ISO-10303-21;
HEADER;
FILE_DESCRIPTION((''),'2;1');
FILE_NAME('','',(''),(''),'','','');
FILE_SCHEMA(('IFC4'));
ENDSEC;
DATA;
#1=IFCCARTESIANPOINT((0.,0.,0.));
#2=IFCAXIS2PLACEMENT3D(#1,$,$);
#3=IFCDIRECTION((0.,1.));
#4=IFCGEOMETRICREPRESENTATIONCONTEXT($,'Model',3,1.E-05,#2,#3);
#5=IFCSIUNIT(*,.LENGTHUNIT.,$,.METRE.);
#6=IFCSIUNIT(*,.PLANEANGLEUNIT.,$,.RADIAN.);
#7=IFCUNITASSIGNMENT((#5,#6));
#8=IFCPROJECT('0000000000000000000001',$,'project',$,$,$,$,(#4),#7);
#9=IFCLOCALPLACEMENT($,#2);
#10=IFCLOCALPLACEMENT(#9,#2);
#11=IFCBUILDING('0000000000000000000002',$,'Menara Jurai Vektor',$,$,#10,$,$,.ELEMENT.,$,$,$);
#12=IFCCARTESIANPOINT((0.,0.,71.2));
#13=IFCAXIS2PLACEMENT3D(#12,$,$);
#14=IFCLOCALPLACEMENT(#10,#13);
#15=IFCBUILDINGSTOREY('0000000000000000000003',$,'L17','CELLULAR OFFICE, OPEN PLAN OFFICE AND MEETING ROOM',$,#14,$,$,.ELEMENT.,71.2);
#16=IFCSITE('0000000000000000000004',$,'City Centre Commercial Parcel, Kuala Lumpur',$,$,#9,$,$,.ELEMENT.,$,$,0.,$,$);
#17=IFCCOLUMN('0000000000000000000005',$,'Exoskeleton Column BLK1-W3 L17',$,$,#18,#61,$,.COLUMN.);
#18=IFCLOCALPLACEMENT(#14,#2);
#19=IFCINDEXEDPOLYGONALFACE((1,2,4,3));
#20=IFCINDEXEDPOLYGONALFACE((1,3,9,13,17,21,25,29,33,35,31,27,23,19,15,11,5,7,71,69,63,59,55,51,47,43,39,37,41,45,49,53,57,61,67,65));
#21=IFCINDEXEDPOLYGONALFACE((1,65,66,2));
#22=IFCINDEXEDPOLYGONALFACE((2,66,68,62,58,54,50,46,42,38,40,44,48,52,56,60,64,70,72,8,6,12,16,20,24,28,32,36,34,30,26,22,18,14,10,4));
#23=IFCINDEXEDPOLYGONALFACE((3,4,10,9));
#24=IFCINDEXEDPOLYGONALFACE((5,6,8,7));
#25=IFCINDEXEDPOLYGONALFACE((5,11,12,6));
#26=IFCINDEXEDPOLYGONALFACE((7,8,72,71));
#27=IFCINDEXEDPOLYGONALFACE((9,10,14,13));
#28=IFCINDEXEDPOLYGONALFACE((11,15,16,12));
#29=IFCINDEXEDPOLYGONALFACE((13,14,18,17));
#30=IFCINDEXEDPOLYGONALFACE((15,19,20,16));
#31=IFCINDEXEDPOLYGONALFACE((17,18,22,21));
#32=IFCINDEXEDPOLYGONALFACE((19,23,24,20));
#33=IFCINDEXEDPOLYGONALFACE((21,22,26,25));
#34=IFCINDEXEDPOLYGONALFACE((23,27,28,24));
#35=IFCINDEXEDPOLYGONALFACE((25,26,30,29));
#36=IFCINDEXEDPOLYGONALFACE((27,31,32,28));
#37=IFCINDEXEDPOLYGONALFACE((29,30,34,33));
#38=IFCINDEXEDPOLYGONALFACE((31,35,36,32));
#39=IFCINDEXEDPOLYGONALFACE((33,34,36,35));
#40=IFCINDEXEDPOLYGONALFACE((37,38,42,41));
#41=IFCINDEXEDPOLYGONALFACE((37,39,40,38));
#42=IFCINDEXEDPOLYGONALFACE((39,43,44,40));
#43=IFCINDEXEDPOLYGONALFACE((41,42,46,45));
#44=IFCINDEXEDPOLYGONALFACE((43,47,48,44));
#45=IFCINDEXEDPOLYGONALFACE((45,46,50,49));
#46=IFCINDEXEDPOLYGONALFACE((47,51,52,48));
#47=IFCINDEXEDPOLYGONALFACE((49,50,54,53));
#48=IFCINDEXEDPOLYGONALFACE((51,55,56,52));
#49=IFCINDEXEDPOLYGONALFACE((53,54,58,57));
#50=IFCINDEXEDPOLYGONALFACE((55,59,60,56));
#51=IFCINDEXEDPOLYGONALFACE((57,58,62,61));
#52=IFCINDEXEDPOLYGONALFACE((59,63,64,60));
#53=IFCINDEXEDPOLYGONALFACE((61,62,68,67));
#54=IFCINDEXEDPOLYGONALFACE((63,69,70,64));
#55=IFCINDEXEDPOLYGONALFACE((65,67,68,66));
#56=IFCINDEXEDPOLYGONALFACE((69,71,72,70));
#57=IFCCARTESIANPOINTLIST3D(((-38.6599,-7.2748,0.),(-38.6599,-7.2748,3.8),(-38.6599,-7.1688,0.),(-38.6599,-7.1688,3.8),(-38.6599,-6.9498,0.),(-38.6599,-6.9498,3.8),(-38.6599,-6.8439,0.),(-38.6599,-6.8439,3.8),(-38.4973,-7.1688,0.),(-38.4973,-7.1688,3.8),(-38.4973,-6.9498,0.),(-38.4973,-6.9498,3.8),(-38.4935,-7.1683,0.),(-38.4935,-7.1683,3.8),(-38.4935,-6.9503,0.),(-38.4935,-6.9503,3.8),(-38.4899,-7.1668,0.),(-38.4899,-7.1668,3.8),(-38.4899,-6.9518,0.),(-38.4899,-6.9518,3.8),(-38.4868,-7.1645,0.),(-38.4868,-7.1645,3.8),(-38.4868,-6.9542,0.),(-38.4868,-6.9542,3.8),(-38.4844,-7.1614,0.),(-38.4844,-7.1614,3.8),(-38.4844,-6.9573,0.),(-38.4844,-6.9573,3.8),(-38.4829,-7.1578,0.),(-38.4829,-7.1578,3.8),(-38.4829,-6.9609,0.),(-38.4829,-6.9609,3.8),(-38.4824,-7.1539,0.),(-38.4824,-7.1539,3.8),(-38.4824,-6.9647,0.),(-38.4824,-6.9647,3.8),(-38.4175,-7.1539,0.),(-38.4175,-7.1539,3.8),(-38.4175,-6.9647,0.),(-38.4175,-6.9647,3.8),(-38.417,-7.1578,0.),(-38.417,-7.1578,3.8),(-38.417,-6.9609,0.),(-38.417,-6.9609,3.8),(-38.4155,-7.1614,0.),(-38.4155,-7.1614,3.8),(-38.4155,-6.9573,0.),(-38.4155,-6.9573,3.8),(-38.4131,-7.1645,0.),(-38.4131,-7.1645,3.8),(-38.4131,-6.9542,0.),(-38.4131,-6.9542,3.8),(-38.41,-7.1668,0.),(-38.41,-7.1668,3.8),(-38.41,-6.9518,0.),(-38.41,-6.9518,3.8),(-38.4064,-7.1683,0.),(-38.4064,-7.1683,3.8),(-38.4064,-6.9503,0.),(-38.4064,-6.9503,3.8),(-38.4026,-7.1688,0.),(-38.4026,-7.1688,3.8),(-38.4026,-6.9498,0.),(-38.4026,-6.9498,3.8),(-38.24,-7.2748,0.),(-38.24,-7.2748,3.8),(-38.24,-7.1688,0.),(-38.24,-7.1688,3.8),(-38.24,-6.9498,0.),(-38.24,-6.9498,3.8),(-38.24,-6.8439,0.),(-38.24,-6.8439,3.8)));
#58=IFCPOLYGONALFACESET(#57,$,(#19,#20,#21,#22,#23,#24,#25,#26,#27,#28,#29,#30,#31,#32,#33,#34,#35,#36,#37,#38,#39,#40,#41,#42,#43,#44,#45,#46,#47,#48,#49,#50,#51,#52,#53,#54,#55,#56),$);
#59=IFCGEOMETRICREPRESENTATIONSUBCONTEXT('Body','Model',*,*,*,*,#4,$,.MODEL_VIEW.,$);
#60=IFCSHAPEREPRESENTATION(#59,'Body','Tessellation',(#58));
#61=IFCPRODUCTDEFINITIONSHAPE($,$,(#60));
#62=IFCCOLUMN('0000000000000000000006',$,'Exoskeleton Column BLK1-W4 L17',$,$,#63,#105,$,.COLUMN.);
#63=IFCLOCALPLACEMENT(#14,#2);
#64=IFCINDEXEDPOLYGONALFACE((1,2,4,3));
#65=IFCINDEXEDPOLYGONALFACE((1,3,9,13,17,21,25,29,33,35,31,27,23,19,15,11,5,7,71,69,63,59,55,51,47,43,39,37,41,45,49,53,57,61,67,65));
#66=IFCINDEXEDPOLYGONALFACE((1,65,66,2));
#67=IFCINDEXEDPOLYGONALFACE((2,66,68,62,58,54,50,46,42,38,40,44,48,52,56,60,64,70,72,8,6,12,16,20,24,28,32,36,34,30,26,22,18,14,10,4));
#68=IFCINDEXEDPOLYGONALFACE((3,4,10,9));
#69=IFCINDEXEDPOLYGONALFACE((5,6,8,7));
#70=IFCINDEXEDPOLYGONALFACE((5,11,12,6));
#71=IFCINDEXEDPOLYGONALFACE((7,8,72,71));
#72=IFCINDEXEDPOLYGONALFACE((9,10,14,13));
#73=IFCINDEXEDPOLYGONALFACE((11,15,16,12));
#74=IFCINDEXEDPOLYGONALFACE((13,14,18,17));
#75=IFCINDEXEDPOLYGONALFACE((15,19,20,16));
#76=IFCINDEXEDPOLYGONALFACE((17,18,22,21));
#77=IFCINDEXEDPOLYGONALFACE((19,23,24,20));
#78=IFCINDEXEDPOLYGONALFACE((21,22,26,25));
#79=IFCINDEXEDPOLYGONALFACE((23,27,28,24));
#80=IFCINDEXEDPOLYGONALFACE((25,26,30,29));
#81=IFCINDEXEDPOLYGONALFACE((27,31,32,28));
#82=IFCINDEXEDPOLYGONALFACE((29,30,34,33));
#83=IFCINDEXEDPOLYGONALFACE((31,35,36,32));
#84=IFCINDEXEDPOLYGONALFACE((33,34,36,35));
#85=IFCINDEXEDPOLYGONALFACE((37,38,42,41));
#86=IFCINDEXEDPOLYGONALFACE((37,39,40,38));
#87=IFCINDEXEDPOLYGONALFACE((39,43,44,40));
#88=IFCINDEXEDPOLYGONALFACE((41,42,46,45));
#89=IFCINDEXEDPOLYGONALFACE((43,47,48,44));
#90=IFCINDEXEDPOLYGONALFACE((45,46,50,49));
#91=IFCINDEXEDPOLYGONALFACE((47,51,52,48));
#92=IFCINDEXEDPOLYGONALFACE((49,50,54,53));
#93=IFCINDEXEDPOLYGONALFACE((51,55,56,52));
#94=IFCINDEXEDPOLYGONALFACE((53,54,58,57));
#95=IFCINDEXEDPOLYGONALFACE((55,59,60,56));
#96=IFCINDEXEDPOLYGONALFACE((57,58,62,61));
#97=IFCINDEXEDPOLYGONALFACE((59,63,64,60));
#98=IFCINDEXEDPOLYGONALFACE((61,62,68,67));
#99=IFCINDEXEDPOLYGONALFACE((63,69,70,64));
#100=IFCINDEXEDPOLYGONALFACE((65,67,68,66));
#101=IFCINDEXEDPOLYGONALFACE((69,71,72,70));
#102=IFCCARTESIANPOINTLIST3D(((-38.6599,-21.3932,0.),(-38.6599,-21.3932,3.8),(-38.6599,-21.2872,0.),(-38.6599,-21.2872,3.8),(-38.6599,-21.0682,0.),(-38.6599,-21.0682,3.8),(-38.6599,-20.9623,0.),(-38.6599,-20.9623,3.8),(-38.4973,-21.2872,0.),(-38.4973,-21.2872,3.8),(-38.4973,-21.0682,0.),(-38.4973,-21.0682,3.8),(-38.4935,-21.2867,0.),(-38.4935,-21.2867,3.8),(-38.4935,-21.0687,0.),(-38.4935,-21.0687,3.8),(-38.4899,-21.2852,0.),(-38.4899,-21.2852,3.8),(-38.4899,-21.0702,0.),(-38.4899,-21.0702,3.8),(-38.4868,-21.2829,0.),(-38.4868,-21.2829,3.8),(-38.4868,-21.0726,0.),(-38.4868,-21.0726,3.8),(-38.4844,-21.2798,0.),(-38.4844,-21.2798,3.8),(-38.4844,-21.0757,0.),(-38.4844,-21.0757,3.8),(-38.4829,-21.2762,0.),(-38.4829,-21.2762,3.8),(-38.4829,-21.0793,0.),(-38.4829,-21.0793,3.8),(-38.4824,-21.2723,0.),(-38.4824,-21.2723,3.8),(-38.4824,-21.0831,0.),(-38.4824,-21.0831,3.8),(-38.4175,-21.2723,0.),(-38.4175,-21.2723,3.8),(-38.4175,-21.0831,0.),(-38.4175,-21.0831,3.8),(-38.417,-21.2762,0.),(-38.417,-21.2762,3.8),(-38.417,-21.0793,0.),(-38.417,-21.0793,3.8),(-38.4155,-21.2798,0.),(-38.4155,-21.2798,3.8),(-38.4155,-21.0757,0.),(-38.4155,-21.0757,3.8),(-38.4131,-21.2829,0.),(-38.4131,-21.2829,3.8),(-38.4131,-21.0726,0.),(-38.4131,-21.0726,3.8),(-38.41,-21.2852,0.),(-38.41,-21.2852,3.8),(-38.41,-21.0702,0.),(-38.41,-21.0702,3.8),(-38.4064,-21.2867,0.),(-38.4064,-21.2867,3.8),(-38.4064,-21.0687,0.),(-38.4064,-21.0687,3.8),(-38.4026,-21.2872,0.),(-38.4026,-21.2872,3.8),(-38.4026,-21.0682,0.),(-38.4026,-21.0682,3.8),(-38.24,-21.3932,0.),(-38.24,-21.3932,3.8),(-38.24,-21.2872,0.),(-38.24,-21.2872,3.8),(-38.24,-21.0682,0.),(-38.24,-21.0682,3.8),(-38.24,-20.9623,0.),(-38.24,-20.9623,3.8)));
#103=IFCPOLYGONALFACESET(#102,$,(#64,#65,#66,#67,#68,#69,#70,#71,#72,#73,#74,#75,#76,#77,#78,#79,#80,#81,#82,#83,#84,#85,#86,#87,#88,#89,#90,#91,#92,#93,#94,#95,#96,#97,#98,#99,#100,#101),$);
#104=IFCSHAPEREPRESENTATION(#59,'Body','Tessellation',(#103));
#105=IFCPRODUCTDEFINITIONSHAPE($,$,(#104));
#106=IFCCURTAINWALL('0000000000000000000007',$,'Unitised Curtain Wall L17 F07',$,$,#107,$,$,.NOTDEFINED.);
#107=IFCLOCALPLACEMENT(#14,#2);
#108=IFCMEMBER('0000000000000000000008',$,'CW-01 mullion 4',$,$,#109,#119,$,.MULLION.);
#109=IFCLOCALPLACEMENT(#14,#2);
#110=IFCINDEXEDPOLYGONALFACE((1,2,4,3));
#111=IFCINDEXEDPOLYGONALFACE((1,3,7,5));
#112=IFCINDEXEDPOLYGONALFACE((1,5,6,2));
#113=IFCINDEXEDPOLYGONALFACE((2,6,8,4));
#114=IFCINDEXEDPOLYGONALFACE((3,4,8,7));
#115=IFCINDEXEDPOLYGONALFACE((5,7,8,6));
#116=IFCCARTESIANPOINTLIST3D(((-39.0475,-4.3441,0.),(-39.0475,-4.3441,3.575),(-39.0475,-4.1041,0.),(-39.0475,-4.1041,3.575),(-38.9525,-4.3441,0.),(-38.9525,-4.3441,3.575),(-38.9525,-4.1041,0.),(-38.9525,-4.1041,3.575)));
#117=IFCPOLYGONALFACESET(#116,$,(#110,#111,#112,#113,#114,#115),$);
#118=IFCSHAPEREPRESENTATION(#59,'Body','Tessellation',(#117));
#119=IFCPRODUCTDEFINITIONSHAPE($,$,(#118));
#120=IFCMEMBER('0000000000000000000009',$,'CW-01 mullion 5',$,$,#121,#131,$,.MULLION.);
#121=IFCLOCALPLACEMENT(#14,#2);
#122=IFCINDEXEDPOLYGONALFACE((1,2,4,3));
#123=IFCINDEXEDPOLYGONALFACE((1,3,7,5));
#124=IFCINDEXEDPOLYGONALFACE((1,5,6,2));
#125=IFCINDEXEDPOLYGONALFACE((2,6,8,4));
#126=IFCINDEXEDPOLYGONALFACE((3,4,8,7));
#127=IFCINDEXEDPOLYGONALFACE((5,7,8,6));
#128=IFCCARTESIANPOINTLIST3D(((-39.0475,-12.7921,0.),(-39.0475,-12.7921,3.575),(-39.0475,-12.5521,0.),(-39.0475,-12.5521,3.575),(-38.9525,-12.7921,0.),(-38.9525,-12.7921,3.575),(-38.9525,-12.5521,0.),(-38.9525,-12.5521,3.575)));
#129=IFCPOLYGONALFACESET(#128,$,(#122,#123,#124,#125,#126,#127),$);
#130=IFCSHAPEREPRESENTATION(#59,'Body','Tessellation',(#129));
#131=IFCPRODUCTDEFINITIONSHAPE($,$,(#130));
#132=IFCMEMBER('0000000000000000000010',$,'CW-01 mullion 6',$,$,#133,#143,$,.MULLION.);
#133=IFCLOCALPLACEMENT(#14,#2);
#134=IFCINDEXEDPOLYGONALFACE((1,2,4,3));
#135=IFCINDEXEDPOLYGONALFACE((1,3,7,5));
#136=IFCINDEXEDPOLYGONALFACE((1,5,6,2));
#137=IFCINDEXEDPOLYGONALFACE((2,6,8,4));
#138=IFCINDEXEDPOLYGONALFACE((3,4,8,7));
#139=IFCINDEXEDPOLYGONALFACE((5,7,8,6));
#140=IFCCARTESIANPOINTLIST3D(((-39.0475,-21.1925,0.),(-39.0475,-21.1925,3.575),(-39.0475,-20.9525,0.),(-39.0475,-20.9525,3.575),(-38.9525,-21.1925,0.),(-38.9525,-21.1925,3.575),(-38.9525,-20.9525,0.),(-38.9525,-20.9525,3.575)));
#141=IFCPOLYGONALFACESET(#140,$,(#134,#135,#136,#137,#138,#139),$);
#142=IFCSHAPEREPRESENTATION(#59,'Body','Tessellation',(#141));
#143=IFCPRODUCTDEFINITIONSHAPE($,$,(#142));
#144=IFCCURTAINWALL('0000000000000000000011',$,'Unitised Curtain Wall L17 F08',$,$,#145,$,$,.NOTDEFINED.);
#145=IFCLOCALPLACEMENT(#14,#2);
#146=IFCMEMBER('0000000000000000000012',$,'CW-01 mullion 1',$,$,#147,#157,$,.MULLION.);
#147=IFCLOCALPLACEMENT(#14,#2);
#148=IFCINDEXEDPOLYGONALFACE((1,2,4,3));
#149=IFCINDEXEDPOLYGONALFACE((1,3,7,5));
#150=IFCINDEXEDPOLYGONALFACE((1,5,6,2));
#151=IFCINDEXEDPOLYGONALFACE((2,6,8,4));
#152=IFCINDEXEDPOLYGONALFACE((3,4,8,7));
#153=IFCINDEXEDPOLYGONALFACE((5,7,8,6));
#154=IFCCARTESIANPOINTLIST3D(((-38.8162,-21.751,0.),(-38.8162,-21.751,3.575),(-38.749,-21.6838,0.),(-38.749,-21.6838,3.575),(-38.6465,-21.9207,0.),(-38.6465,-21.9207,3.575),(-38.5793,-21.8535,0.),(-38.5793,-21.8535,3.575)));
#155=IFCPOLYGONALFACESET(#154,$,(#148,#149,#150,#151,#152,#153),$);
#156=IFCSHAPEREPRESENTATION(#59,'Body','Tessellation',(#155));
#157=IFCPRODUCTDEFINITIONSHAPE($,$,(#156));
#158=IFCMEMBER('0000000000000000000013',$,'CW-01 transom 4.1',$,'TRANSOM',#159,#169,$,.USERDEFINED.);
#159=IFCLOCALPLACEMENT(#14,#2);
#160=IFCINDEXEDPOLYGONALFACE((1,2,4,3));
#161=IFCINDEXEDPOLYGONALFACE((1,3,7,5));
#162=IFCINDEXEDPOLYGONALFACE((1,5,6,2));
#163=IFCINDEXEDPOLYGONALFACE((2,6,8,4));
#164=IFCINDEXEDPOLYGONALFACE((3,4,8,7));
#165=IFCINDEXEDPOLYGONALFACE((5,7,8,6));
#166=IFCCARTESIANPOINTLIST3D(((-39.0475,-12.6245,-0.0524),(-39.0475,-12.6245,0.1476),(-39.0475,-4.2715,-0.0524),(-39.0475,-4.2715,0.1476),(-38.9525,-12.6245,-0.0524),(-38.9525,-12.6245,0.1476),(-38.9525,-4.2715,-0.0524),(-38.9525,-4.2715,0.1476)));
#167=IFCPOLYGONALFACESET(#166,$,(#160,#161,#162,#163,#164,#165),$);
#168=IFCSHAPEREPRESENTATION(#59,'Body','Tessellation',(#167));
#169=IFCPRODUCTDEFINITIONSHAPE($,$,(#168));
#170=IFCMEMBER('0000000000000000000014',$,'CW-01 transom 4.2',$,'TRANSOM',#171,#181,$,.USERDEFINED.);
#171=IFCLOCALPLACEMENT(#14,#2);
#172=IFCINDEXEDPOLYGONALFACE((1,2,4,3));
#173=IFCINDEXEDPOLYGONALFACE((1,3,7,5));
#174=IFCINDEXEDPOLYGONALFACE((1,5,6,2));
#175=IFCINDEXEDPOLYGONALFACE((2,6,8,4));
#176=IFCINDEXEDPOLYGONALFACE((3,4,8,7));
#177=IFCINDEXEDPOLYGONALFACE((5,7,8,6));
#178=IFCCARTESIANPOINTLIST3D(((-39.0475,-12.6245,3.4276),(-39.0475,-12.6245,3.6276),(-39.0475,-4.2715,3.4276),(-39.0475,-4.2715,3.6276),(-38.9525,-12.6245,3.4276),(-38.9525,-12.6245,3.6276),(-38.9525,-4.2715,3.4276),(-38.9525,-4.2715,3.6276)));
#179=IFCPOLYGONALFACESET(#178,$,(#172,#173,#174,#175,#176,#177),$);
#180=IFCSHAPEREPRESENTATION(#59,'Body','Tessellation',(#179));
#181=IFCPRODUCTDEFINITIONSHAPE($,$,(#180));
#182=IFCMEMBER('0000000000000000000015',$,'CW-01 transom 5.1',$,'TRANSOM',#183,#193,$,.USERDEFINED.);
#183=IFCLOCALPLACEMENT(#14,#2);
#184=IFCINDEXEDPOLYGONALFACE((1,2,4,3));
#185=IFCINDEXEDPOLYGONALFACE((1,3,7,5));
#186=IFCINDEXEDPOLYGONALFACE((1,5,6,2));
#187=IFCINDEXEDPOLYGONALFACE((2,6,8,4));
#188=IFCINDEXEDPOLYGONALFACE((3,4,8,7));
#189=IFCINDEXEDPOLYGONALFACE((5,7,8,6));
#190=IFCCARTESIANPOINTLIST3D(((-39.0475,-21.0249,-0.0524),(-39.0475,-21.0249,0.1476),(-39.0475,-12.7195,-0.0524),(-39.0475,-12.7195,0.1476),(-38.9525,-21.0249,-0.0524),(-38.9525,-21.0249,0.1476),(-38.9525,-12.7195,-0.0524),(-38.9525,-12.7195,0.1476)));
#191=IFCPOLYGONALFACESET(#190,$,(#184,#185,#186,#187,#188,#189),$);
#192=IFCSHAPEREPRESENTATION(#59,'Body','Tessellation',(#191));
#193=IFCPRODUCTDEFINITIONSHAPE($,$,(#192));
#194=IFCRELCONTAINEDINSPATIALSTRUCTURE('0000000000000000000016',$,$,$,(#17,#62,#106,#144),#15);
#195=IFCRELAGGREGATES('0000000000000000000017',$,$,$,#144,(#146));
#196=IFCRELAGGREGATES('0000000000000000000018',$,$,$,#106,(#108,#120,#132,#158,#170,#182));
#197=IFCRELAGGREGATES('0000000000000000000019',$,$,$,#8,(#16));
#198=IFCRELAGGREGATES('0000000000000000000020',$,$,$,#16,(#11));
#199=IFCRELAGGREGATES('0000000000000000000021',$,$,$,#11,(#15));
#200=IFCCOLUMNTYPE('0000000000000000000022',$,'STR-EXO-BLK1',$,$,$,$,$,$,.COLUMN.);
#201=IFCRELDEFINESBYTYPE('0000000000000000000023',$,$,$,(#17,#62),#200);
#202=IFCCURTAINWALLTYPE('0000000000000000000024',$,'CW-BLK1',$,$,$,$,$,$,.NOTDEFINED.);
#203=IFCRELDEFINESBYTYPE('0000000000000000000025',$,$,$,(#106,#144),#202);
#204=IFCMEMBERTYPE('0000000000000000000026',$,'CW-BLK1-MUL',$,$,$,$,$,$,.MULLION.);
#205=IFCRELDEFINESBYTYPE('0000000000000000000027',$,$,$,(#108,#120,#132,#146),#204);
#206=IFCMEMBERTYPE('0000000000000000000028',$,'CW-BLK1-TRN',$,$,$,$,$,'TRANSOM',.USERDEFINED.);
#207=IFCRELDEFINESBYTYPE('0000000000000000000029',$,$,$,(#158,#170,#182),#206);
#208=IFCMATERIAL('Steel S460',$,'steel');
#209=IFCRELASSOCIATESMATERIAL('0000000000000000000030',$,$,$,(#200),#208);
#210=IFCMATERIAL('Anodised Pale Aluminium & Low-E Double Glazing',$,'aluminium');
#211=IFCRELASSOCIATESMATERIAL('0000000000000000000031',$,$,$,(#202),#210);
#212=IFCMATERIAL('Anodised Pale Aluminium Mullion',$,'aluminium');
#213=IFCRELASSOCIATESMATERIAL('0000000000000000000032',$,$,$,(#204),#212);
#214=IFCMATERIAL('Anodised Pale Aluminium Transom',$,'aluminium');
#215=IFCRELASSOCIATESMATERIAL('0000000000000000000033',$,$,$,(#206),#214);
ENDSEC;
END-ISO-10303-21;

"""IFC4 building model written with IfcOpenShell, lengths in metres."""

from ifc_helpers import new_model, si_unit, direction, frame, origin, origin_2d, place, context, subcontext, project, spatial, rectangle, i_section, extrude, material, material_profile, profile_set, type_object, element, aggregate, save


model = new_model("IFC4")

# Units and contexts
model_context = context("Model", 3, precision=1e-05, world=origin(), true_north=direction((0.0, 1.0)))
body_context = subcontext(model_context, "Body", "Model", "MODEL_VIEW")
ifc_project = project(units=[si_unit("LENGTHUNIT", "METRE"), si_unit("PLANEANGLEUNIT", "RADIAN")], contexts=[model_context])

# Site, building, storey
site_placement = place(None, origin())
site = spatial("IfcSite", under=ifc_project, at=site_placement, Name="City Centre Commercial Parcel, Kuala Lumpur", CompositionType="ELEMENT", RefElevation=0.0)
building_placement = place(site_placement, origin())
building = spatial("IfcBuilding", under=site, at=building_placement, Name="Menara Jurai Vektor", CompositionType="ELEMENT")
storey_placement = place(building_placement, frame((0.0, 0.0, 71.2)))
storey = spatial("IfcBuildingStorey", under=building, at=storey_placement, Name="L17", Description="CELLULAR OFFICE, OPEN PLAN OFFICE AND MEETING ROOM", CompositionType="ELEMENT", Elevation=71.2)

# Columns
ifc_material_1 = material(Name="Steel S460", Category="steel")
ifc_material_profile_1 = material_profile(ifc_material_1, i_section(OverallWidth=0.4199, OverallDepth=0.4309, WebThickness=0.0649, FlangeThickness=0.106, FilletRadius=0.0149, at=origin_2d()), Name="HD 400x900")
ifc_profile_set_1 = profile_set([ifc_material_profile_1], Name="Steel S460")
column_type = type_object("IfcColumnType", Name="STR-EXO-BLK1", PredefinedType="COLUMN", material=ifc_profile_set_1)
for number, where, z_axis, x_axis, name in (
    (1, (-38.45, -7.0593, 0.0), (0.0, 0.0, 1.0), (1.0, 0.0, 0.0), "Exoskeleton Column BLK1-W3 L17"),
    (2, (-38.45, -21.1777, 0.0), (0.0, 0.0, 1.0), (1.0, 0.0, 0.0), "Exoskeleton Column BLK1-W4 L17"),
):
    element("IfcColumn", number, at=place(storey_placement, frame(where, z_axis=z_axis, x_axis=x_axis)), inside=storey, type_object=column_type, Name=name, PredefinedType="COLUMN", context=body_context, shape_type="SweptSolid", body=[
        extrude(i_section(OverallWidth=0.4199, OverallDepth=0.4309, WebThickness=0.0649, FlangeThickness=0.106, FilletRadius=0.0149, at=origin_2d()), origin(), (0.0, 0.0, 1.0), 3.8),
    ])

# Curtain wall, members
ifc_material_2 = material(Name="Anodised Pale Aluminium & Low-E Double Glazing", Category="aluminium")
curtain_wall_type = type_object("IfcCurtainWallType", Name="CW-BLK1", PredefinedType="NOTDEFINED", material=ifc_material_2)
curtain_wall_1_placement = place(storey_placement, origin())
curtain_wall_1 = element("IfcCurtainWall", 3, at=curtain_wall_1_placement, inside=storey, type_object=curtain_wall_type, Name="Unitised Curtain Wall L17 F07", PredefinedType="NOTDEFINED")
ifc_material_3 = material(Name="Anodised Pale Aluminium Mullion", Category="aluminium")
ifc_material_profile_2 = material_profile(ifc_material_3, rectangle(XDim=0.095, YDim=0.24, at=origin_2d()), Name="ALU MUL 95x240")
ifc_profile_set_2 = profile_set([ifc_material_profile_2], Name="Anodised Pale Aluminium Mullion")
member_type_1 = type_object("IfcMemberType", Name="CW-BLK1-MUL", PredefinedType="MULLION", material=ifc_profile_set_2)
member_1_placement = place(storey_placement, frame((-39.0, -4.2241, 0.0), z_axis=(0.0, 0.0, 1.0), x_axis=(1.0, 0.0, 0.0)))
member_1 = element("IfcMember", 4, at=member_1_placement, type_object=member_type_1, Name="CW-01 mullion 4", PredefinedType="MULLION", context=body_context, shape_type="SweptSolid", body=[
    extrude(rectangle(XDim=0.095, YDim=0.24, at=origin_2d()), origin(), (0.0, 0.0, 1.0), 3.575),
])
member_2_placement = place(storey_placement, frame((-39.0, -12.6721, 0.0), z_axis=(0.0, 0.0, 1.0), x_axis=(1.0, 0.0, 0.0)))
member_2 = element("IfcMember", 5, at=member_2_placement, type_object=member_type_1, Name="CW-01 mullion 5", PredefinedType="MULLION", context=body_context, shape_type="SweptSolid", body=[
    extrude(rectangle(XDim=0.095, YDim=0.24, at=origin_2d()), origin(), (0.0, 0.0, 1.0), 3.575),
])
member_3_placement = place(storey_placement, frame((-39.0, -21.0725, 0.0), z_axis=(0.0, 0.0, 1.0), x_axis=(1.0, 0.0, 0.0)))
member_3 = element("IfcMember", 6, at=member_3_placement, type_object=member_type_1, Name="CW-01 mullion 6", PredefinedType="MULLION", context=body_context, shape_type="SweptSolid", body=[
    extrude(rectangle(XDim=0.095, YDim=0.24, at=origin_2d()), origin(), (0.0, 0.0, 1.0), 3.575),
])

# Curtain wall, member
curtain_wall_2_placement = place(storey_placement, origin())
curtain_wall_2 = element("IfcCurtainWall", 7, at=curtain_wall_2_placement, inside=storey, type_object=curtain_wall_type, Name="Unitised Curtain Wall L17 F08", PredefinedType="NOTDEFINED")
member_4_placement = place(storey_placement, frame((-38.6978, -21.8022, 0.0), z_axis=(0.0, 0.0, 1.0), x_axis=(0.707107, 0.707107, 0.0)))
member_4 = element("IfcMember", 8, at=member_4_placement, type_object=member_type_1, Name="CW-01 mullion 1", PredefinedType="MULLION", context=body_context, shape_type="SweptSolid", body=[
    extrude(rectangle(XDim=0.095, YDim=0.24, at=origin_2d()), origin(), (0.0, 0.0, 1.0), 3.575),
])
aggregate(curtain_wall_2, [member_4])

# Members
ifc_material_4 = material(Name="Anodised Pale Aluminium Transom", Category="aluminium")
ifc_material_profile_3 = material_profile(ifc_material_4, rectangle(XDim=0.095, YDim=0.2, at=origin_2d()), Name="ALU TRN 95x200")
ifc_profile_set_3 = profile_set([ifc_material_profile_3], Name="Anodised Pale Aluminium Transom")
member_type_2 = type_object("IfcMemberType", Name="CW-BLK1-TRN", ElementType="TRANSOM", PredefinedType="USERDEFINED", material=ifc_profile_set_3)
member_5_placement = place(storey_placement, frame((-39.0, -4.2715, 0.0476), z_axis=(0.0, -1.0, 0.0), x_axis=(1.0, 0.0, 0.0)))
member_5 = element("IfcMember", 9, at=member_5_placement, type_object=member_type_2, Name="CW-01 transom 4.1", ObjectType="TRANSOM", PredefinedType="USERDEFINED", context=body_context, shape_type="SweptSolid", body=[
    extrude(rectangle(XDim=0.095, YDim=0.2, at=origin_2d()), origin(), (0.0, 0.0, 1.0), 8.353),
])
member_6_placement = place(storey_placement, frame((-39.0, -4.2715, 3.5276), z_axis=(0.0, -1.0, 0.0), x_axis=(1.0, 0.0, 0.0)))
member_6 = element("IfcMember", 10, at=member_6_placement, type_object=member_type_2, Name="CW-01 transom 4.2", ObjectType="TRANSOM", PredefinedType="USERDEFINED", context=body_context, shape_type="SweptSolid", body=[
    extrude(rectangle(XDim=0.095, YDim=0.2, at=origin_2d()), origin(), (0.0, 0.0, 1.0), 8.353),
])
member_7_placement = place(storey_placement, frame((-39.0, -12.7195, 0.0476), z_axis=(0.0, -1.0, 0.0), x_axis=(1.0, 0.0, 0.0)))
member_7 = element("IfcMember", 11, at=member_7_placement, type_object=member_type_2, Name="CW-01 transom 5.1", ObjectType="TRANSOM", PredefinedType="USERDEFINED", context=body_context, shape_type="SweptSolid", body=[
    extrude(rectangle(XDim=0.095, YDim=0.2, at=origin_2d()), origin(), (0.0, 0.0, 1.0), 8.3054),
])

aggregate(curtain_wall_1, [member_1, member_2, member_3, member_5, member_6, member_7])

save(model, "model.ifc")
